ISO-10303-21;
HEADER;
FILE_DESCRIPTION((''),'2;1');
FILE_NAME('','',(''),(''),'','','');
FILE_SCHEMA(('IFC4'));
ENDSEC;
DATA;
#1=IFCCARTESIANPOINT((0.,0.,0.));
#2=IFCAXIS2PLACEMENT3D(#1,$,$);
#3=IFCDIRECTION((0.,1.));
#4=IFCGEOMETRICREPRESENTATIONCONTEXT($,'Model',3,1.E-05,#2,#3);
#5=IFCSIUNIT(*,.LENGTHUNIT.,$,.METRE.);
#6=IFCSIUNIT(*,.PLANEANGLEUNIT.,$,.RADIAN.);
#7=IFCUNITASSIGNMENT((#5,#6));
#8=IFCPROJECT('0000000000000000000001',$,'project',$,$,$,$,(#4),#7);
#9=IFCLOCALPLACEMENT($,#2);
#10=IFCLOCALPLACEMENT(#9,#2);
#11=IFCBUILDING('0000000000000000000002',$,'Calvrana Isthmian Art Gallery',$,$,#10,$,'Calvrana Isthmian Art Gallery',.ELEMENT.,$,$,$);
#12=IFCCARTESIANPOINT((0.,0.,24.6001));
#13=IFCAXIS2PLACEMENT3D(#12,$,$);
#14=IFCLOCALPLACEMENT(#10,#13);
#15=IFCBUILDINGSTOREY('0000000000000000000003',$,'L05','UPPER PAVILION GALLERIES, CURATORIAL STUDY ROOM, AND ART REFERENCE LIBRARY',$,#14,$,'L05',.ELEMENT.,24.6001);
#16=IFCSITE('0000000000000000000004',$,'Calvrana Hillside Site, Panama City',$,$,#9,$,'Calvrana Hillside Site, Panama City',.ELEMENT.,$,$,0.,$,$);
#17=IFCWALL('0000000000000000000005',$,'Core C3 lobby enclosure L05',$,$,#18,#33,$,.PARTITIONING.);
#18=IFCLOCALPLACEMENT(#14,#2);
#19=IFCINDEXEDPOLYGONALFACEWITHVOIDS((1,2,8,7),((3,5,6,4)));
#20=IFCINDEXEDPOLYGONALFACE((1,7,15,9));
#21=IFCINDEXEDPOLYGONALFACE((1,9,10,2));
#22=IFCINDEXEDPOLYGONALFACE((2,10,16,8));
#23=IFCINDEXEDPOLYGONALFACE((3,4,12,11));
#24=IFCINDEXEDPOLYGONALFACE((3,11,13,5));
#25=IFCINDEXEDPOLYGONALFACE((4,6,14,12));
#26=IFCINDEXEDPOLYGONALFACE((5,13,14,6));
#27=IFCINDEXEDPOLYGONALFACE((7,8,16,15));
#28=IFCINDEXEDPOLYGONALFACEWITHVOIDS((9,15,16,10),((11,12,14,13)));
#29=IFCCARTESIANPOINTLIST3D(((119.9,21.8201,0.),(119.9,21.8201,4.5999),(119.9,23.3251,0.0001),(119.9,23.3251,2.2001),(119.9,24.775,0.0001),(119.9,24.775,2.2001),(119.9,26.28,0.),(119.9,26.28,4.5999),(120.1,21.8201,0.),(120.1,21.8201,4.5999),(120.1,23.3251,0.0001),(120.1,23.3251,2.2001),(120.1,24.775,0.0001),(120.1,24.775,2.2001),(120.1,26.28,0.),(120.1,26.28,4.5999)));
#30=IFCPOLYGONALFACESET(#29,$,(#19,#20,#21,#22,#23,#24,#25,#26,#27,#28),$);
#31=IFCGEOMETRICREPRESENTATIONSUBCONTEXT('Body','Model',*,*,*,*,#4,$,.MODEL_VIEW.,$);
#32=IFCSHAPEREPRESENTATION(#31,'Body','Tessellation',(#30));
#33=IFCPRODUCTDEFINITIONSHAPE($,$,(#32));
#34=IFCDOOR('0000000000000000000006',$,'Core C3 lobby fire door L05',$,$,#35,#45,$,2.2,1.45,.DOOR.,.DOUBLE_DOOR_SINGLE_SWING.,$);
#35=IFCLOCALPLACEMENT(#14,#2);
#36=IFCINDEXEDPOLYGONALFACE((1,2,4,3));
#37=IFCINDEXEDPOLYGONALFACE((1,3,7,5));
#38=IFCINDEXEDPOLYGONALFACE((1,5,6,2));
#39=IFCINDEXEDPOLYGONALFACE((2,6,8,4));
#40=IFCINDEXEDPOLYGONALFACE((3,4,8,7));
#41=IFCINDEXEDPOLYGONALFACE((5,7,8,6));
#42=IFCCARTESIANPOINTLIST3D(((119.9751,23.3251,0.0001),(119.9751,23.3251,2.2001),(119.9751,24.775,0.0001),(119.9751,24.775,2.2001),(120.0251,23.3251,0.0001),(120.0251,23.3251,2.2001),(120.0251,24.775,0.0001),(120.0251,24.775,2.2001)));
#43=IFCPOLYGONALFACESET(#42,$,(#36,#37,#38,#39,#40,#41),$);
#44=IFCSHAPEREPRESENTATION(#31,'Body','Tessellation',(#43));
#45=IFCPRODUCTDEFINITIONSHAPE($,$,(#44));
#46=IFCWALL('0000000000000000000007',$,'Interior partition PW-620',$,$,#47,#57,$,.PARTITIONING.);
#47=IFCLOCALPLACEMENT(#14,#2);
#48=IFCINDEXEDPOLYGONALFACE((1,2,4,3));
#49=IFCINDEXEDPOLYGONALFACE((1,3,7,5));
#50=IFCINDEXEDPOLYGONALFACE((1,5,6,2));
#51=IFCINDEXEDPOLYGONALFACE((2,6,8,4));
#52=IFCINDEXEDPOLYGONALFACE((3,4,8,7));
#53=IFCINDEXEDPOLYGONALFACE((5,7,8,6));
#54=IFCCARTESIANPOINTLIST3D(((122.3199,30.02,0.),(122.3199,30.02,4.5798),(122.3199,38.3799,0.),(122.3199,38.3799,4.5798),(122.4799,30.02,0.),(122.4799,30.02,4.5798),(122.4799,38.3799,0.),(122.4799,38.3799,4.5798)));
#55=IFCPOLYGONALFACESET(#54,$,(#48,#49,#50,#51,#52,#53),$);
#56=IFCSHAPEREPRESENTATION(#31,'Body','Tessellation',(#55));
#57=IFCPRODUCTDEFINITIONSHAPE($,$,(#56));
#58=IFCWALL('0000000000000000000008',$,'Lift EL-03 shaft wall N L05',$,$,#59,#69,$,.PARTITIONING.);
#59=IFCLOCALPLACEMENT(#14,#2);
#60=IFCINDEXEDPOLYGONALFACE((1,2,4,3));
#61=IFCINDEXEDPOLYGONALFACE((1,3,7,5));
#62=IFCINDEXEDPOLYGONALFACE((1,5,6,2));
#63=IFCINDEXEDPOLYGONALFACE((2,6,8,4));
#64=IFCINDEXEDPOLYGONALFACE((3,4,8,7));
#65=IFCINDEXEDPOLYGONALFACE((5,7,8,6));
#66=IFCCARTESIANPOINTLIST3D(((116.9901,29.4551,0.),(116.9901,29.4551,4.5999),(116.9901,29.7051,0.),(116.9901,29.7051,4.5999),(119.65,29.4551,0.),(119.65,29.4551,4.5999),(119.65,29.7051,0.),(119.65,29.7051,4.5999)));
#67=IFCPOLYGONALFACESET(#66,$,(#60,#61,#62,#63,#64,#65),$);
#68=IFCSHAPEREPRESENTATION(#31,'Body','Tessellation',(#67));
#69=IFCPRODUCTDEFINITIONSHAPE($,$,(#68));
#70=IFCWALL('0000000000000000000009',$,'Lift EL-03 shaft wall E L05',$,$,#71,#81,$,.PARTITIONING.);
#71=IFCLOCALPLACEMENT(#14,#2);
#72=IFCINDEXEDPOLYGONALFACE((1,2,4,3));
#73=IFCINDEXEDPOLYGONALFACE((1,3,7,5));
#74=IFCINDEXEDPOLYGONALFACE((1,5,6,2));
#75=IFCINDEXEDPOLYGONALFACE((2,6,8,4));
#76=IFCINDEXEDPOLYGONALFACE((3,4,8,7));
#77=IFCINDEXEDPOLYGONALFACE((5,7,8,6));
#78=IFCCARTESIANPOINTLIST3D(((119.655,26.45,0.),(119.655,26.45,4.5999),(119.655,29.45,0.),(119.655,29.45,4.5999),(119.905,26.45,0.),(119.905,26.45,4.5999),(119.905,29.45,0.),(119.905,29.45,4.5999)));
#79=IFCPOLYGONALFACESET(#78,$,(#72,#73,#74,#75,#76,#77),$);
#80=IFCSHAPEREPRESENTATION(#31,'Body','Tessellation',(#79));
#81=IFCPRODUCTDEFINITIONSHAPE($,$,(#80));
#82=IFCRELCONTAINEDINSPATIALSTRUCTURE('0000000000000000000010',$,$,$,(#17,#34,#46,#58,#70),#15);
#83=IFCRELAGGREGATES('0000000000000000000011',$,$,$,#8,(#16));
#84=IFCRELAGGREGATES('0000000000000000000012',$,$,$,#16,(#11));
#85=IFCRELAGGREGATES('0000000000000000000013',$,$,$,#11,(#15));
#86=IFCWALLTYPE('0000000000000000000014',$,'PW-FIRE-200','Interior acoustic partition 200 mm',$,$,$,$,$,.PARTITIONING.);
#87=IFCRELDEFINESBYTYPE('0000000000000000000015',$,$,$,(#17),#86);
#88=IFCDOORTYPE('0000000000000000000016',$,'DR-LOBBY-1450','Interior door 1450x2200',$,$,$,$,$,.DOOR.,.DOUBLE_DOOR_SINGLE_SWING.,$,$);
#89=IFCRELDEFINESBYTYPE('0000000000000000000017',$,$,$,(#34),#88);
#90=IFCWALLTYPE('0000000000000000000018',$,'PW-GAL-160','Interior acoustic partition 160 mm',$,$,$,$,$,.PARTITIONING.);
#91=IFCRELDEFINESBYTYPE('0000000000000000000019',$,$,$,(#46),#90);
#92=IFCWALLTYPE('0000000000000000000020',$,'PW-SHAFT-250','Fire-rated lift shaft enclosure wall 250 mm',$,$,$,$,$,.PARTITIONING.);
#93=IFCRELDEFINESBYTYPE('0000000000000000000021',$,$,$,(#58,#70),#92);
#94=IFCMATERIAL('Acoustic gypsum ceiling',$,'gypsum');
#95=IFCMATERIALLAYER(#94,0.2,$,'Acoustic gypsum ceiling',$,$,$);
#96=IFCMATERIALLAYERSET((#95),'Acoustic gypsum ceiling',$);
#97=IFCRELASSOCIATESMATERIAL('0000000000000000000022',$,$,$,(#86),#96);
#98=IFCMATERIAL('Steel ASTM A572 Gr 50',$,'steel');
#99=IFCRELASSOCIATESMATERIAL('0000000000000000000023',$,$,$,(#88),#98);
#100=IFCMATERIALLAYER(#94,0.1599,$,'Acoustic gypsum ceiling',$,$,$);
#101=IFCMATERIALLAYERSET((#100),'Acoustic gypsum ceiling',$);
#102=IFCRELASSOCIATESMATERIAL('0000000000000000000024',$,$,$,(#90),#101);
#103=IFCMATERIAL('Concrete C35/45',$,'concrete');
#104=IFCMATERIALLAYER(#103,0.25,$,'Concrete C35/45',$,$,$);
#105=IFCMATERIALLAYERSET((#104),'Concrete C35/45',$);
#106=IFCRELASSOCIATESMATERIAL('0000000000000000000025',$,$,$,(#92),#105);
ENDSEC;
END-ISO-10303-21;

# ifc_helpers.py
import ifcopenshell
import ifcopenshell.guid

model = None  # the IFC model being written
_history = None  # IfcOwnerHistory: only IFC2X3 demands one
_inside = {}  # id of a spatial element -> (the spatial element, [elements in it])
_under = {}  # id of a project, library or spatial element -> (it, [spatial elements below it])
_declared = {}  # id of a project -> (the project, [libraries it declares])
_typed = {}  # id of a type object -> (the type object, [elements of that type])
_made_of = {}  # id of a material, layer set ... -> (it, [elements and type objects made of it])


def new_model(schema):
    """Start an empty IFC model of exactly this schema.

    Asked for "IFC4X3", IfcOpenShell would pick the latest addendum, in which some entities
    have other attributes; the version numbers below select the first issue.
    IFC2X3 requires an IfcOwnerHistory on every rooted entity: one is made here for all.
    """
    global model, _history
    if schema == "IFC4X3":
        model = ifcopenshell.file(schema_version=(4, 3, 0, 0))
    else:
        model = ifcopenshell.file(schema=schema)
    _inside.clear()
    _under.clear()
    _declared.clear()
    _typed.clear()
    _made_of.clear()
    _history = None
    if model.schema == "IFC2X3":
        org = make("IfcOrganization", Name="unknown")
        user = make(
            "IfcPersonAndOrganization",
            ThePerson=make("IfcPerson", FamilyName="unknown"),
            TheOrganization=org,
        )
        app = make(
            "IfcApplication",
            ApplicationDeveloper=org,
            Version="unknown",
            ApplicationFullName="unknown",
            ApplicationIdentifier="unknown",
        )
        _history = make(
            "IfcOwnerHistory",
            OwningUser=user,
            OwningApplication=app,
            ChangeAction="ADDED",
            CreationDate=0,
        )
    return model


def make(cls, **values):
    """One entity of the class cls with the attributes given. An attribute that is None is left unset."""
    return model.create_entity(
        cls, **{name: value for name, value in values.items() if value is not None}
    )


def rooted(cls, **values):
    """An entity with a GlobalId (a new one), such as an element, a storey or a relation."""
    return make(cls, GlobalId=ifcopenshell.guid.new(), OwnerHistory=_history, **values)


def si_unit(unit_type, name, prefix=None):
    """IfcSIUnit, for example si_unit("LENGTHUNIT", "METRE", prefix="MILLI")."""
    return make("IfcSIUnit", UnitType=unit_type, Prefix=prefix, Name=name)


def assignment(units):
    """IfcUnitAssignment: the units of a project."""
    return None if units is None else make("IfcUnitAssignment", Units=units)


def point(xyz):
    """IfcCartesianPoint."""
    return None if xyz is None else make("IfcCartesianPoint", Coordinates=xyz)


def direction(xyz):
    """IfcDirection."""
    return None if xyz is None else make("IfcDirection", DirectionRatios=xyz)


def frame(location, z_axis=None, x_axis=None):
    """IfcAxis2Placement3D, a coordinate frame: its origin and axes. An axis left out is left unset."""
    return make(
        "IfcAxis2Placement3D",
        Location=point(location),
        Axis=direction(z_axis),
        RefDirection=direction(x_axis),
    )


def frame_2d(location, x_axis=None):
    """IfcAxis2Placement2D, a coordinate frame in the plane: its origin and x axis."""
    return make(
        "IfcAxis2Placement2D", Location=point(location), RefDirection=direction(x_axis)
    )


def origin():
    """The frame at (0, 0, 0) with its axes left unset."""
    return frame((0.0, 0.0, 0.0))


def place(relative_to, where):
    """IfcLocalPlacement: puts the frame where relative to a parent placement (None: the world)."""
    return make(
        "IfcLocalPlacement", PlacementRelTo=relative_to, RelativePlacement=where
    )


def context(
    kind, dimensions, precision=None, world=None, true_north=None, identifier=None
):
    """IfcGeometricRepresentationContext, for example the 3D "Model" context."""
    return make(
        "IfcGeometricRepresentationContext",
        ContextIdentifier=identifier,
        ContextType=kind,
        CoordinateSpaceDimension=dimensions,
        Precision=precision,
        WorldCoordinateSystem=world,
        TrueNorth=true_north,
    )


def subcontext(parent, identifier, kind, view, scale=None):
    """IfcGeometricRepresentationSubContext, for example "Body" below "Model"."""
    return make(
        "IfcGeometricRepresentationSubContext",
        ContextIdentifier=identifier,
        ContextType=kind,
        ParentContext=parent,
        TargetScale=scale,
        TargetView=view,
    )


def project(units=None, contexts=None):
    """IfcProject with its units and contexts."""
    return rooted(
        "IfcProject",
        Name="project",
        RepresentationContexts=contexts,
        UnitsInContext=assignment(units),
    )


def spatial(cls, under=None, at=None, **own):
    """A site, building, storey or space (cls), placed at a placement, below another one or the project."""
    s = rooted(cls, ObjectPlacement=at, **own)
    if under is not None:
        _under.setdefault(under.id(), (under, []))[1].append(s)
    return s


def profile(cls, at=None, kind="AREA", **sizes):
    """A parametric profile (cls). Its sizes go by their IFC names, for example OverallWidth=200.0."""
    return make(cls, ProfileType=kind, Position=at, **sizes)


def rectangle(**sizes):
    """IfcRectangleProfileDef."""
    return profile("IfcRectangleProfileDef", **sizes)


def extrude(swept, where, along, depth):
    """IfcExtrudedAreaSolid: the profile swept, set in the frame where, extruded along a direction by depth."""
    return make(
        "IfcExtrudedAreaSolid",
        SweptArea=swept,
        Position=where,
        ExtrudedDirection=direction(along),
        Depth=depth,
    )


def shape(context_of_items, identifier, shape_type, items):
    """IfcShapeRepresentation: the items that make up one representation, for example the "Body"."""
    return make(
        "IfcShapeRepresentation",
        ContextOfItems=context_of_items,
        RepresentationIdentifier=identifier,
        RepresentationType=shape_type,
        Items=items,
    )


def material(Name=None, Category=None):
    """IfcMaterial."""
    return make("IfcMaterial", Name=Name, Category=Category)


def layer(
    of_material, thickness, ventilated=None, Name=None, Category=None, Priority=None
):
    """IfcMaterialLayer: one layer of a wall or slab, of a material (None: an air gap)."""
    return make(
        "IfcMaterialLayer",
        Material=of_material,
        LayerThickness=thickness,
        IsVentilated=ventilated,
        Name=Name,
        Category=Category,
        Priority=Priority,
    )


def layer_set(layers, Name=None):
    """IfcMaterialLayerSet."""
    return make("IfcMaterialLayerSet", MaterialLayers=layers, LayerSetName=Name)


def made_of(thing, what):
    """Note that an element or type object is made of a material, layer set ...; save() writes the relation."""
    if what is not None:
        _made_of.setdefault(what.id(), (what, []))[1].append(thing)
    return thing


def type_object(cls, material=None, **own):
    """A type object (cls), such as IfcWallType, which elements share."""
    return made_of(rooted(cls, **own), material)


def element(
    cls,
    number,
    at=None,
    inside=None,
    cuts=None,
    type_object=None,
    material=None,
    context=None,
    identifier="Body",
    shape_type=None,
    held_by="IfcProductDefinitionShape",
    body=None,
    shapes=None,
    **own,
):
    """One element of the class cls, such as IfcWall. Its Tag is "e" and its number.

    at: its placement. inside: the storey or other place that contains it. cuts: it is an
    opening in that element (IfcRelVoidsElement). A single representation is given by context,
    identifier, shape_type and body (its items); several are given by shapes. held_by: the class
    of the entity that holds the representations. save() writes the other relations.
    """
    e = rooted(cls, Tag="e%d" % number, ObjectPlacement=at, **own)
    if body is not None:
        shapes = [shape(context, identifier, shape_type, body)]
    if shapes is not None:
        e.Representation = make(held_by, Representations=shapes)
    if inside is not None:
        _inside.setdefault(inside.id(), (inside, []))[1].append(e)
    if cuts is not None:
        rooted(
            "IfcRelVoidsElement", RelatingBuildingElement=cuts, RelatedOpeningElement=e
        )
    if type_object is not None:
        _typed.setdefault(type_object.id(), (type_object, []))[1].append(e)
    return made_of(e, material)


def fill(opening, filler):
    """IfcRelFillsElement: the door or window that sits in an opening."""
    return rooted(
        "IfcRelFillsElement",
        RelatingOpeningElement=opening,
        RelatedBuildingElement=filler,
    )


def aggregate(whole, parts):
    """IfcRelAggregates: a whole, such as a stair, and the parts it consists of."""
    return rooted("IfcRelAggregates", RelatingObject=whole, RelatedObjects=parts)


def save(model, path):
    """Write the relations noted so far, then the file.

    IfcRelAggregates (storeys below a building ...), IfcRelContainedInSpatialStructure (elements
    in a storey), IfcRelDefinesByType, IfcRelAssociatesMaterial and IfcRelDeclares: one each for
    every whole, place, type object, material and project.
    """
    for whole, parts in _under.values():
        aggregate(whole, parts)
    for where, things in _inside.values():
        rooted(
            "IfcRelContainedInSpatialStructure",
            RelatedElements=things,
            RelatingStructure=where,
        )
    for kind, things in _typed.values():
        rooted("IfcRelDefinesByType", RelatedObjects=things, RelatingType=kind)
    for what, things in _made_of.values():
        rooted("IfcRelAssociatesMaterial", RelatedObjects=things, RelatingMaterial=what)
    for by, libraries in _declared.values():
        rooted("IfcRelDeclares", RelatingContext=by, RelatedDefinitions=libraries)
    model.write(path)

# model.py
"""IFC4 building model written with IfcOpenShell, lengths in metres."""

from ifc_helpers import new_model, si_unit, direction, frame, frame_2d, origin, place, context, subcontext, project, spatial, rectangle, extrude, material, layer, layer_set, type_object, element, fill, save


model = new_model("IFC4")

# Units and contexts
model_context = context("Model", 3, precision=1e-05, world=origin(), true_north=direction((0.0, 1.0)))
body_context = subcontext(model_context, "Body", "Model", "MODEL_VIEW")
ifc_project = project(units=[si_unit("LENGTHUNIT", "METRE"), si_unit("PLANEANGLEUNIT", "RADIAN")], contexts=[model_context])

# Site, building, storey
site_placement = place(None, origin())
site = spatial("IfcSite", under=ifc_project, at=site_placement, Name="Calvrana Hillside Site, Panama City", LongName="Calvrana Hillside Site, Panama City", CompositionType="ELEMENT", RefElevation=0.0)
building_placement = place(site_placement, origin())
building = spatial("IfcBuilding", under=site, at=building_placement, Name="Calvrana Isthmian Art Gallery", LongName="Calvrana Isthmian Art Gallery", CompositionType="ELEMENT")
storey_placement = place(building_placement, frame((0.0, 0.0, 24.6001)))
storey = spatial("IfcBuildingStorey", under=building, at=storey_placement, Name="L05", Description="UPPER PAVILION GALLERIES, CURATORIAL STUDY ROOM, AND ART REFERENCE LIBRARY", LongName="L05", CompositionType="ELEMENT", Elevation=24.6001)

# Shared definitions
ifc_material_1 = material(Name="Steel ASTM A572 Gr 50", Category="steel")

# Wall, opening, door
ifc_material_2 = material(Name="Acoustic gypsum ceiling", Category="gypsum")
ifc_layer_1 = layer(ifc_material_2, 0.2, Name="Acoustic gypsum ceiling")
ifc_layer_set_1 = layer_set([ifc_layer_1], Name="Acoustic gypsum ceiling")
wall_type_1 = type_object("IfcWallType", Name="PW-FIRE-200", Description="Interior acoustic partition 200 mm", PredefinedType="PARTITIONING", material=ifc_layer_set_1)
wall_1_placement = place(storey_placement, frame((120.0, 21.8201, 0.0), z_axis=(0.0, 0.0, 1.0), x_axis=(0.0, 1.0, 0.0)))
wall_1 = element("IfcWall", 1, at=wall_1_placement, inside=storey, type_object=wall_type_1, Name="Core C3 lobby enclosure L05", PredefinedType="PARTITIONING", context=body_context, shape_type="SweptSolid", body=[
    extrude(rectangle(XDim=4.46, YDim=0.2, at=frame_2d((2.23, 0.0))), origin(), (0.0, 0.0, 1.0), 4.5999),
])
opening_1_placement = place(wall_1_placement, frame((1.5049, 0.0, 0.0)))
opening_1 = element("IfcOpeningElement", 2, at=opening_1_placement, cuts=wall_1, PredefinedType="OPENING", context=body_context, shape_type="SweptSolid", body=[
    extrude(rectangle(XDim=1.45, YDim=2.2, at=frame_2d((0.7251, 1.1001))), frame((0.0, 0.1104, 0.0), z_axis=(0.0, -1.0, 0.0), x_axis=(1.0, 0.0, 0.0)), (0.0, 0.0, 1.0), 0.2205),
])
door_type_1 = type_object("IfcDoorType", Name="DR-LOBBY-1450", Description="Interior door 1450x2200", OperationType="DOUBLE_DOOR_SINGLE_SWING", PredefinedType="DOOR", material=ifc_material_1)
door_1_placement = place(opening_1_placement, origin())
door_1 = element("IfcDoor", 3, at=door_1_placement, inside=storey, type_object=door_type_1, Name="Core C3 lobby fire door L05", OperationType="DOUBLE_DOOR_SINGLE_SWING", OverallHeight=2.2, OverallWidth=1.45, PredefinedType="DOOR", context=body_context, shape_type="SweptSolid", body=[
    extrude(rectangle(XDim=1.45, YDim=2.2, at=frame_2d((0.7251, 1.1001))), frame((0.0, 0.0249, 0.0), z_axis=(0.0, -1.0, 0.0), x_axis=(1.0, 0.0, 0.0)), (0.0, 0.0, 1.0), 0.05),
])
fill(opening_1, door_1)

# Walls
ifc_layer_2 = layer(ifc_material_2, 0.1599, Name="Acoustic gypsum ceiling")
ifc_layer_set_2 = layer_set([ifc_layer_2], Name="Acoustic gypsum ceiling")
wall_type_2 = type_object("IfcWallType", Name="PW-GAL-160", Description="Interior acoustic partition 160 mm", PredefinedType="PARTITIONING", material=ifc_layer_set_2)
wall_2_placement = place(storey_placement, frame((122.3999, 30.02, 0.0), z_axis=(0.0, 0.0, 1.0), x_axis=(0.0, 1.0, 0.0)))
element("IfcWall", 4, at=wall_2_placement, inside=storey, type_object=wall_type_2, Name="Interior partition PW-620", PredefinedType="PARTITIONING", context=body_context, shape_type="SweptSolid", body=[
    extrude(rectangle(XDim=8.3599, YDim=0.1599, at=frame_2d((4.1799, 0.0))), origin(), (0.0, 0.0, 1.0), 4.5798),
])
ifc_material_3 = material(Name="Concrete C35/45", Category="concrete")
ifc_layer_3 = layer(ifc_material_3, 0.25, Name="Concrete C35/45")
ifc_layer_set_3 = layer_set([ifc_layer_3], Name="Concrete C35/45")
wall_type_3 = type_object("IfcWallType", Name="PW-SHAFT-250", Description="Fire-rated lift shaft enclosure wall 250 mm", PredefinedType="PARTITIONING", material=ifc_layer_set_3)
wall_3_placement = place(storey_placement, frame((116.99, 29.5801, 0.0), z_axis=(0.0, 0.0, 1.0), x_axis=(1.0, 0.0, 0.0)))
element("IfcWall", 5, at=wall_3_placement, inside=storey, type_object=wall_type_3, Name="Lift EL-03 shaft wall N L05", PredefinedType="PARTITIONING", context=body_context, shape_type="SweptSolid", body=[
    extrude(rectangle(XDim=2.6599, YDim=0.25, at=frame_2d((1.3301, 0.0))), origin(), (0.0, 0.0, 1.0), 4.5999),
])
wall_4_placement = place(storey_placement, frame((119.78, 26.45, 0.0), z_axis=(0.0, 0.0, 1.0), x_axis=(0.0, 1.0, 0.0)))
element("IfcWall", 6, at=wall_4_placement, inside=storey, type_object=wall_type_3, Name="Lift EL-03 shaft wall E L05", PredefinedType="PARTITIONING", context=body_context, shape_type="SweptSolid", body=[
    extrude(rectangle(XDim=3.0, YDim=0.25, at=frame_2d((1.5, 0.0))), origin(), (0.0, 0.0, 1.0), 4.5999),
])

save(model, "model.ifc")
